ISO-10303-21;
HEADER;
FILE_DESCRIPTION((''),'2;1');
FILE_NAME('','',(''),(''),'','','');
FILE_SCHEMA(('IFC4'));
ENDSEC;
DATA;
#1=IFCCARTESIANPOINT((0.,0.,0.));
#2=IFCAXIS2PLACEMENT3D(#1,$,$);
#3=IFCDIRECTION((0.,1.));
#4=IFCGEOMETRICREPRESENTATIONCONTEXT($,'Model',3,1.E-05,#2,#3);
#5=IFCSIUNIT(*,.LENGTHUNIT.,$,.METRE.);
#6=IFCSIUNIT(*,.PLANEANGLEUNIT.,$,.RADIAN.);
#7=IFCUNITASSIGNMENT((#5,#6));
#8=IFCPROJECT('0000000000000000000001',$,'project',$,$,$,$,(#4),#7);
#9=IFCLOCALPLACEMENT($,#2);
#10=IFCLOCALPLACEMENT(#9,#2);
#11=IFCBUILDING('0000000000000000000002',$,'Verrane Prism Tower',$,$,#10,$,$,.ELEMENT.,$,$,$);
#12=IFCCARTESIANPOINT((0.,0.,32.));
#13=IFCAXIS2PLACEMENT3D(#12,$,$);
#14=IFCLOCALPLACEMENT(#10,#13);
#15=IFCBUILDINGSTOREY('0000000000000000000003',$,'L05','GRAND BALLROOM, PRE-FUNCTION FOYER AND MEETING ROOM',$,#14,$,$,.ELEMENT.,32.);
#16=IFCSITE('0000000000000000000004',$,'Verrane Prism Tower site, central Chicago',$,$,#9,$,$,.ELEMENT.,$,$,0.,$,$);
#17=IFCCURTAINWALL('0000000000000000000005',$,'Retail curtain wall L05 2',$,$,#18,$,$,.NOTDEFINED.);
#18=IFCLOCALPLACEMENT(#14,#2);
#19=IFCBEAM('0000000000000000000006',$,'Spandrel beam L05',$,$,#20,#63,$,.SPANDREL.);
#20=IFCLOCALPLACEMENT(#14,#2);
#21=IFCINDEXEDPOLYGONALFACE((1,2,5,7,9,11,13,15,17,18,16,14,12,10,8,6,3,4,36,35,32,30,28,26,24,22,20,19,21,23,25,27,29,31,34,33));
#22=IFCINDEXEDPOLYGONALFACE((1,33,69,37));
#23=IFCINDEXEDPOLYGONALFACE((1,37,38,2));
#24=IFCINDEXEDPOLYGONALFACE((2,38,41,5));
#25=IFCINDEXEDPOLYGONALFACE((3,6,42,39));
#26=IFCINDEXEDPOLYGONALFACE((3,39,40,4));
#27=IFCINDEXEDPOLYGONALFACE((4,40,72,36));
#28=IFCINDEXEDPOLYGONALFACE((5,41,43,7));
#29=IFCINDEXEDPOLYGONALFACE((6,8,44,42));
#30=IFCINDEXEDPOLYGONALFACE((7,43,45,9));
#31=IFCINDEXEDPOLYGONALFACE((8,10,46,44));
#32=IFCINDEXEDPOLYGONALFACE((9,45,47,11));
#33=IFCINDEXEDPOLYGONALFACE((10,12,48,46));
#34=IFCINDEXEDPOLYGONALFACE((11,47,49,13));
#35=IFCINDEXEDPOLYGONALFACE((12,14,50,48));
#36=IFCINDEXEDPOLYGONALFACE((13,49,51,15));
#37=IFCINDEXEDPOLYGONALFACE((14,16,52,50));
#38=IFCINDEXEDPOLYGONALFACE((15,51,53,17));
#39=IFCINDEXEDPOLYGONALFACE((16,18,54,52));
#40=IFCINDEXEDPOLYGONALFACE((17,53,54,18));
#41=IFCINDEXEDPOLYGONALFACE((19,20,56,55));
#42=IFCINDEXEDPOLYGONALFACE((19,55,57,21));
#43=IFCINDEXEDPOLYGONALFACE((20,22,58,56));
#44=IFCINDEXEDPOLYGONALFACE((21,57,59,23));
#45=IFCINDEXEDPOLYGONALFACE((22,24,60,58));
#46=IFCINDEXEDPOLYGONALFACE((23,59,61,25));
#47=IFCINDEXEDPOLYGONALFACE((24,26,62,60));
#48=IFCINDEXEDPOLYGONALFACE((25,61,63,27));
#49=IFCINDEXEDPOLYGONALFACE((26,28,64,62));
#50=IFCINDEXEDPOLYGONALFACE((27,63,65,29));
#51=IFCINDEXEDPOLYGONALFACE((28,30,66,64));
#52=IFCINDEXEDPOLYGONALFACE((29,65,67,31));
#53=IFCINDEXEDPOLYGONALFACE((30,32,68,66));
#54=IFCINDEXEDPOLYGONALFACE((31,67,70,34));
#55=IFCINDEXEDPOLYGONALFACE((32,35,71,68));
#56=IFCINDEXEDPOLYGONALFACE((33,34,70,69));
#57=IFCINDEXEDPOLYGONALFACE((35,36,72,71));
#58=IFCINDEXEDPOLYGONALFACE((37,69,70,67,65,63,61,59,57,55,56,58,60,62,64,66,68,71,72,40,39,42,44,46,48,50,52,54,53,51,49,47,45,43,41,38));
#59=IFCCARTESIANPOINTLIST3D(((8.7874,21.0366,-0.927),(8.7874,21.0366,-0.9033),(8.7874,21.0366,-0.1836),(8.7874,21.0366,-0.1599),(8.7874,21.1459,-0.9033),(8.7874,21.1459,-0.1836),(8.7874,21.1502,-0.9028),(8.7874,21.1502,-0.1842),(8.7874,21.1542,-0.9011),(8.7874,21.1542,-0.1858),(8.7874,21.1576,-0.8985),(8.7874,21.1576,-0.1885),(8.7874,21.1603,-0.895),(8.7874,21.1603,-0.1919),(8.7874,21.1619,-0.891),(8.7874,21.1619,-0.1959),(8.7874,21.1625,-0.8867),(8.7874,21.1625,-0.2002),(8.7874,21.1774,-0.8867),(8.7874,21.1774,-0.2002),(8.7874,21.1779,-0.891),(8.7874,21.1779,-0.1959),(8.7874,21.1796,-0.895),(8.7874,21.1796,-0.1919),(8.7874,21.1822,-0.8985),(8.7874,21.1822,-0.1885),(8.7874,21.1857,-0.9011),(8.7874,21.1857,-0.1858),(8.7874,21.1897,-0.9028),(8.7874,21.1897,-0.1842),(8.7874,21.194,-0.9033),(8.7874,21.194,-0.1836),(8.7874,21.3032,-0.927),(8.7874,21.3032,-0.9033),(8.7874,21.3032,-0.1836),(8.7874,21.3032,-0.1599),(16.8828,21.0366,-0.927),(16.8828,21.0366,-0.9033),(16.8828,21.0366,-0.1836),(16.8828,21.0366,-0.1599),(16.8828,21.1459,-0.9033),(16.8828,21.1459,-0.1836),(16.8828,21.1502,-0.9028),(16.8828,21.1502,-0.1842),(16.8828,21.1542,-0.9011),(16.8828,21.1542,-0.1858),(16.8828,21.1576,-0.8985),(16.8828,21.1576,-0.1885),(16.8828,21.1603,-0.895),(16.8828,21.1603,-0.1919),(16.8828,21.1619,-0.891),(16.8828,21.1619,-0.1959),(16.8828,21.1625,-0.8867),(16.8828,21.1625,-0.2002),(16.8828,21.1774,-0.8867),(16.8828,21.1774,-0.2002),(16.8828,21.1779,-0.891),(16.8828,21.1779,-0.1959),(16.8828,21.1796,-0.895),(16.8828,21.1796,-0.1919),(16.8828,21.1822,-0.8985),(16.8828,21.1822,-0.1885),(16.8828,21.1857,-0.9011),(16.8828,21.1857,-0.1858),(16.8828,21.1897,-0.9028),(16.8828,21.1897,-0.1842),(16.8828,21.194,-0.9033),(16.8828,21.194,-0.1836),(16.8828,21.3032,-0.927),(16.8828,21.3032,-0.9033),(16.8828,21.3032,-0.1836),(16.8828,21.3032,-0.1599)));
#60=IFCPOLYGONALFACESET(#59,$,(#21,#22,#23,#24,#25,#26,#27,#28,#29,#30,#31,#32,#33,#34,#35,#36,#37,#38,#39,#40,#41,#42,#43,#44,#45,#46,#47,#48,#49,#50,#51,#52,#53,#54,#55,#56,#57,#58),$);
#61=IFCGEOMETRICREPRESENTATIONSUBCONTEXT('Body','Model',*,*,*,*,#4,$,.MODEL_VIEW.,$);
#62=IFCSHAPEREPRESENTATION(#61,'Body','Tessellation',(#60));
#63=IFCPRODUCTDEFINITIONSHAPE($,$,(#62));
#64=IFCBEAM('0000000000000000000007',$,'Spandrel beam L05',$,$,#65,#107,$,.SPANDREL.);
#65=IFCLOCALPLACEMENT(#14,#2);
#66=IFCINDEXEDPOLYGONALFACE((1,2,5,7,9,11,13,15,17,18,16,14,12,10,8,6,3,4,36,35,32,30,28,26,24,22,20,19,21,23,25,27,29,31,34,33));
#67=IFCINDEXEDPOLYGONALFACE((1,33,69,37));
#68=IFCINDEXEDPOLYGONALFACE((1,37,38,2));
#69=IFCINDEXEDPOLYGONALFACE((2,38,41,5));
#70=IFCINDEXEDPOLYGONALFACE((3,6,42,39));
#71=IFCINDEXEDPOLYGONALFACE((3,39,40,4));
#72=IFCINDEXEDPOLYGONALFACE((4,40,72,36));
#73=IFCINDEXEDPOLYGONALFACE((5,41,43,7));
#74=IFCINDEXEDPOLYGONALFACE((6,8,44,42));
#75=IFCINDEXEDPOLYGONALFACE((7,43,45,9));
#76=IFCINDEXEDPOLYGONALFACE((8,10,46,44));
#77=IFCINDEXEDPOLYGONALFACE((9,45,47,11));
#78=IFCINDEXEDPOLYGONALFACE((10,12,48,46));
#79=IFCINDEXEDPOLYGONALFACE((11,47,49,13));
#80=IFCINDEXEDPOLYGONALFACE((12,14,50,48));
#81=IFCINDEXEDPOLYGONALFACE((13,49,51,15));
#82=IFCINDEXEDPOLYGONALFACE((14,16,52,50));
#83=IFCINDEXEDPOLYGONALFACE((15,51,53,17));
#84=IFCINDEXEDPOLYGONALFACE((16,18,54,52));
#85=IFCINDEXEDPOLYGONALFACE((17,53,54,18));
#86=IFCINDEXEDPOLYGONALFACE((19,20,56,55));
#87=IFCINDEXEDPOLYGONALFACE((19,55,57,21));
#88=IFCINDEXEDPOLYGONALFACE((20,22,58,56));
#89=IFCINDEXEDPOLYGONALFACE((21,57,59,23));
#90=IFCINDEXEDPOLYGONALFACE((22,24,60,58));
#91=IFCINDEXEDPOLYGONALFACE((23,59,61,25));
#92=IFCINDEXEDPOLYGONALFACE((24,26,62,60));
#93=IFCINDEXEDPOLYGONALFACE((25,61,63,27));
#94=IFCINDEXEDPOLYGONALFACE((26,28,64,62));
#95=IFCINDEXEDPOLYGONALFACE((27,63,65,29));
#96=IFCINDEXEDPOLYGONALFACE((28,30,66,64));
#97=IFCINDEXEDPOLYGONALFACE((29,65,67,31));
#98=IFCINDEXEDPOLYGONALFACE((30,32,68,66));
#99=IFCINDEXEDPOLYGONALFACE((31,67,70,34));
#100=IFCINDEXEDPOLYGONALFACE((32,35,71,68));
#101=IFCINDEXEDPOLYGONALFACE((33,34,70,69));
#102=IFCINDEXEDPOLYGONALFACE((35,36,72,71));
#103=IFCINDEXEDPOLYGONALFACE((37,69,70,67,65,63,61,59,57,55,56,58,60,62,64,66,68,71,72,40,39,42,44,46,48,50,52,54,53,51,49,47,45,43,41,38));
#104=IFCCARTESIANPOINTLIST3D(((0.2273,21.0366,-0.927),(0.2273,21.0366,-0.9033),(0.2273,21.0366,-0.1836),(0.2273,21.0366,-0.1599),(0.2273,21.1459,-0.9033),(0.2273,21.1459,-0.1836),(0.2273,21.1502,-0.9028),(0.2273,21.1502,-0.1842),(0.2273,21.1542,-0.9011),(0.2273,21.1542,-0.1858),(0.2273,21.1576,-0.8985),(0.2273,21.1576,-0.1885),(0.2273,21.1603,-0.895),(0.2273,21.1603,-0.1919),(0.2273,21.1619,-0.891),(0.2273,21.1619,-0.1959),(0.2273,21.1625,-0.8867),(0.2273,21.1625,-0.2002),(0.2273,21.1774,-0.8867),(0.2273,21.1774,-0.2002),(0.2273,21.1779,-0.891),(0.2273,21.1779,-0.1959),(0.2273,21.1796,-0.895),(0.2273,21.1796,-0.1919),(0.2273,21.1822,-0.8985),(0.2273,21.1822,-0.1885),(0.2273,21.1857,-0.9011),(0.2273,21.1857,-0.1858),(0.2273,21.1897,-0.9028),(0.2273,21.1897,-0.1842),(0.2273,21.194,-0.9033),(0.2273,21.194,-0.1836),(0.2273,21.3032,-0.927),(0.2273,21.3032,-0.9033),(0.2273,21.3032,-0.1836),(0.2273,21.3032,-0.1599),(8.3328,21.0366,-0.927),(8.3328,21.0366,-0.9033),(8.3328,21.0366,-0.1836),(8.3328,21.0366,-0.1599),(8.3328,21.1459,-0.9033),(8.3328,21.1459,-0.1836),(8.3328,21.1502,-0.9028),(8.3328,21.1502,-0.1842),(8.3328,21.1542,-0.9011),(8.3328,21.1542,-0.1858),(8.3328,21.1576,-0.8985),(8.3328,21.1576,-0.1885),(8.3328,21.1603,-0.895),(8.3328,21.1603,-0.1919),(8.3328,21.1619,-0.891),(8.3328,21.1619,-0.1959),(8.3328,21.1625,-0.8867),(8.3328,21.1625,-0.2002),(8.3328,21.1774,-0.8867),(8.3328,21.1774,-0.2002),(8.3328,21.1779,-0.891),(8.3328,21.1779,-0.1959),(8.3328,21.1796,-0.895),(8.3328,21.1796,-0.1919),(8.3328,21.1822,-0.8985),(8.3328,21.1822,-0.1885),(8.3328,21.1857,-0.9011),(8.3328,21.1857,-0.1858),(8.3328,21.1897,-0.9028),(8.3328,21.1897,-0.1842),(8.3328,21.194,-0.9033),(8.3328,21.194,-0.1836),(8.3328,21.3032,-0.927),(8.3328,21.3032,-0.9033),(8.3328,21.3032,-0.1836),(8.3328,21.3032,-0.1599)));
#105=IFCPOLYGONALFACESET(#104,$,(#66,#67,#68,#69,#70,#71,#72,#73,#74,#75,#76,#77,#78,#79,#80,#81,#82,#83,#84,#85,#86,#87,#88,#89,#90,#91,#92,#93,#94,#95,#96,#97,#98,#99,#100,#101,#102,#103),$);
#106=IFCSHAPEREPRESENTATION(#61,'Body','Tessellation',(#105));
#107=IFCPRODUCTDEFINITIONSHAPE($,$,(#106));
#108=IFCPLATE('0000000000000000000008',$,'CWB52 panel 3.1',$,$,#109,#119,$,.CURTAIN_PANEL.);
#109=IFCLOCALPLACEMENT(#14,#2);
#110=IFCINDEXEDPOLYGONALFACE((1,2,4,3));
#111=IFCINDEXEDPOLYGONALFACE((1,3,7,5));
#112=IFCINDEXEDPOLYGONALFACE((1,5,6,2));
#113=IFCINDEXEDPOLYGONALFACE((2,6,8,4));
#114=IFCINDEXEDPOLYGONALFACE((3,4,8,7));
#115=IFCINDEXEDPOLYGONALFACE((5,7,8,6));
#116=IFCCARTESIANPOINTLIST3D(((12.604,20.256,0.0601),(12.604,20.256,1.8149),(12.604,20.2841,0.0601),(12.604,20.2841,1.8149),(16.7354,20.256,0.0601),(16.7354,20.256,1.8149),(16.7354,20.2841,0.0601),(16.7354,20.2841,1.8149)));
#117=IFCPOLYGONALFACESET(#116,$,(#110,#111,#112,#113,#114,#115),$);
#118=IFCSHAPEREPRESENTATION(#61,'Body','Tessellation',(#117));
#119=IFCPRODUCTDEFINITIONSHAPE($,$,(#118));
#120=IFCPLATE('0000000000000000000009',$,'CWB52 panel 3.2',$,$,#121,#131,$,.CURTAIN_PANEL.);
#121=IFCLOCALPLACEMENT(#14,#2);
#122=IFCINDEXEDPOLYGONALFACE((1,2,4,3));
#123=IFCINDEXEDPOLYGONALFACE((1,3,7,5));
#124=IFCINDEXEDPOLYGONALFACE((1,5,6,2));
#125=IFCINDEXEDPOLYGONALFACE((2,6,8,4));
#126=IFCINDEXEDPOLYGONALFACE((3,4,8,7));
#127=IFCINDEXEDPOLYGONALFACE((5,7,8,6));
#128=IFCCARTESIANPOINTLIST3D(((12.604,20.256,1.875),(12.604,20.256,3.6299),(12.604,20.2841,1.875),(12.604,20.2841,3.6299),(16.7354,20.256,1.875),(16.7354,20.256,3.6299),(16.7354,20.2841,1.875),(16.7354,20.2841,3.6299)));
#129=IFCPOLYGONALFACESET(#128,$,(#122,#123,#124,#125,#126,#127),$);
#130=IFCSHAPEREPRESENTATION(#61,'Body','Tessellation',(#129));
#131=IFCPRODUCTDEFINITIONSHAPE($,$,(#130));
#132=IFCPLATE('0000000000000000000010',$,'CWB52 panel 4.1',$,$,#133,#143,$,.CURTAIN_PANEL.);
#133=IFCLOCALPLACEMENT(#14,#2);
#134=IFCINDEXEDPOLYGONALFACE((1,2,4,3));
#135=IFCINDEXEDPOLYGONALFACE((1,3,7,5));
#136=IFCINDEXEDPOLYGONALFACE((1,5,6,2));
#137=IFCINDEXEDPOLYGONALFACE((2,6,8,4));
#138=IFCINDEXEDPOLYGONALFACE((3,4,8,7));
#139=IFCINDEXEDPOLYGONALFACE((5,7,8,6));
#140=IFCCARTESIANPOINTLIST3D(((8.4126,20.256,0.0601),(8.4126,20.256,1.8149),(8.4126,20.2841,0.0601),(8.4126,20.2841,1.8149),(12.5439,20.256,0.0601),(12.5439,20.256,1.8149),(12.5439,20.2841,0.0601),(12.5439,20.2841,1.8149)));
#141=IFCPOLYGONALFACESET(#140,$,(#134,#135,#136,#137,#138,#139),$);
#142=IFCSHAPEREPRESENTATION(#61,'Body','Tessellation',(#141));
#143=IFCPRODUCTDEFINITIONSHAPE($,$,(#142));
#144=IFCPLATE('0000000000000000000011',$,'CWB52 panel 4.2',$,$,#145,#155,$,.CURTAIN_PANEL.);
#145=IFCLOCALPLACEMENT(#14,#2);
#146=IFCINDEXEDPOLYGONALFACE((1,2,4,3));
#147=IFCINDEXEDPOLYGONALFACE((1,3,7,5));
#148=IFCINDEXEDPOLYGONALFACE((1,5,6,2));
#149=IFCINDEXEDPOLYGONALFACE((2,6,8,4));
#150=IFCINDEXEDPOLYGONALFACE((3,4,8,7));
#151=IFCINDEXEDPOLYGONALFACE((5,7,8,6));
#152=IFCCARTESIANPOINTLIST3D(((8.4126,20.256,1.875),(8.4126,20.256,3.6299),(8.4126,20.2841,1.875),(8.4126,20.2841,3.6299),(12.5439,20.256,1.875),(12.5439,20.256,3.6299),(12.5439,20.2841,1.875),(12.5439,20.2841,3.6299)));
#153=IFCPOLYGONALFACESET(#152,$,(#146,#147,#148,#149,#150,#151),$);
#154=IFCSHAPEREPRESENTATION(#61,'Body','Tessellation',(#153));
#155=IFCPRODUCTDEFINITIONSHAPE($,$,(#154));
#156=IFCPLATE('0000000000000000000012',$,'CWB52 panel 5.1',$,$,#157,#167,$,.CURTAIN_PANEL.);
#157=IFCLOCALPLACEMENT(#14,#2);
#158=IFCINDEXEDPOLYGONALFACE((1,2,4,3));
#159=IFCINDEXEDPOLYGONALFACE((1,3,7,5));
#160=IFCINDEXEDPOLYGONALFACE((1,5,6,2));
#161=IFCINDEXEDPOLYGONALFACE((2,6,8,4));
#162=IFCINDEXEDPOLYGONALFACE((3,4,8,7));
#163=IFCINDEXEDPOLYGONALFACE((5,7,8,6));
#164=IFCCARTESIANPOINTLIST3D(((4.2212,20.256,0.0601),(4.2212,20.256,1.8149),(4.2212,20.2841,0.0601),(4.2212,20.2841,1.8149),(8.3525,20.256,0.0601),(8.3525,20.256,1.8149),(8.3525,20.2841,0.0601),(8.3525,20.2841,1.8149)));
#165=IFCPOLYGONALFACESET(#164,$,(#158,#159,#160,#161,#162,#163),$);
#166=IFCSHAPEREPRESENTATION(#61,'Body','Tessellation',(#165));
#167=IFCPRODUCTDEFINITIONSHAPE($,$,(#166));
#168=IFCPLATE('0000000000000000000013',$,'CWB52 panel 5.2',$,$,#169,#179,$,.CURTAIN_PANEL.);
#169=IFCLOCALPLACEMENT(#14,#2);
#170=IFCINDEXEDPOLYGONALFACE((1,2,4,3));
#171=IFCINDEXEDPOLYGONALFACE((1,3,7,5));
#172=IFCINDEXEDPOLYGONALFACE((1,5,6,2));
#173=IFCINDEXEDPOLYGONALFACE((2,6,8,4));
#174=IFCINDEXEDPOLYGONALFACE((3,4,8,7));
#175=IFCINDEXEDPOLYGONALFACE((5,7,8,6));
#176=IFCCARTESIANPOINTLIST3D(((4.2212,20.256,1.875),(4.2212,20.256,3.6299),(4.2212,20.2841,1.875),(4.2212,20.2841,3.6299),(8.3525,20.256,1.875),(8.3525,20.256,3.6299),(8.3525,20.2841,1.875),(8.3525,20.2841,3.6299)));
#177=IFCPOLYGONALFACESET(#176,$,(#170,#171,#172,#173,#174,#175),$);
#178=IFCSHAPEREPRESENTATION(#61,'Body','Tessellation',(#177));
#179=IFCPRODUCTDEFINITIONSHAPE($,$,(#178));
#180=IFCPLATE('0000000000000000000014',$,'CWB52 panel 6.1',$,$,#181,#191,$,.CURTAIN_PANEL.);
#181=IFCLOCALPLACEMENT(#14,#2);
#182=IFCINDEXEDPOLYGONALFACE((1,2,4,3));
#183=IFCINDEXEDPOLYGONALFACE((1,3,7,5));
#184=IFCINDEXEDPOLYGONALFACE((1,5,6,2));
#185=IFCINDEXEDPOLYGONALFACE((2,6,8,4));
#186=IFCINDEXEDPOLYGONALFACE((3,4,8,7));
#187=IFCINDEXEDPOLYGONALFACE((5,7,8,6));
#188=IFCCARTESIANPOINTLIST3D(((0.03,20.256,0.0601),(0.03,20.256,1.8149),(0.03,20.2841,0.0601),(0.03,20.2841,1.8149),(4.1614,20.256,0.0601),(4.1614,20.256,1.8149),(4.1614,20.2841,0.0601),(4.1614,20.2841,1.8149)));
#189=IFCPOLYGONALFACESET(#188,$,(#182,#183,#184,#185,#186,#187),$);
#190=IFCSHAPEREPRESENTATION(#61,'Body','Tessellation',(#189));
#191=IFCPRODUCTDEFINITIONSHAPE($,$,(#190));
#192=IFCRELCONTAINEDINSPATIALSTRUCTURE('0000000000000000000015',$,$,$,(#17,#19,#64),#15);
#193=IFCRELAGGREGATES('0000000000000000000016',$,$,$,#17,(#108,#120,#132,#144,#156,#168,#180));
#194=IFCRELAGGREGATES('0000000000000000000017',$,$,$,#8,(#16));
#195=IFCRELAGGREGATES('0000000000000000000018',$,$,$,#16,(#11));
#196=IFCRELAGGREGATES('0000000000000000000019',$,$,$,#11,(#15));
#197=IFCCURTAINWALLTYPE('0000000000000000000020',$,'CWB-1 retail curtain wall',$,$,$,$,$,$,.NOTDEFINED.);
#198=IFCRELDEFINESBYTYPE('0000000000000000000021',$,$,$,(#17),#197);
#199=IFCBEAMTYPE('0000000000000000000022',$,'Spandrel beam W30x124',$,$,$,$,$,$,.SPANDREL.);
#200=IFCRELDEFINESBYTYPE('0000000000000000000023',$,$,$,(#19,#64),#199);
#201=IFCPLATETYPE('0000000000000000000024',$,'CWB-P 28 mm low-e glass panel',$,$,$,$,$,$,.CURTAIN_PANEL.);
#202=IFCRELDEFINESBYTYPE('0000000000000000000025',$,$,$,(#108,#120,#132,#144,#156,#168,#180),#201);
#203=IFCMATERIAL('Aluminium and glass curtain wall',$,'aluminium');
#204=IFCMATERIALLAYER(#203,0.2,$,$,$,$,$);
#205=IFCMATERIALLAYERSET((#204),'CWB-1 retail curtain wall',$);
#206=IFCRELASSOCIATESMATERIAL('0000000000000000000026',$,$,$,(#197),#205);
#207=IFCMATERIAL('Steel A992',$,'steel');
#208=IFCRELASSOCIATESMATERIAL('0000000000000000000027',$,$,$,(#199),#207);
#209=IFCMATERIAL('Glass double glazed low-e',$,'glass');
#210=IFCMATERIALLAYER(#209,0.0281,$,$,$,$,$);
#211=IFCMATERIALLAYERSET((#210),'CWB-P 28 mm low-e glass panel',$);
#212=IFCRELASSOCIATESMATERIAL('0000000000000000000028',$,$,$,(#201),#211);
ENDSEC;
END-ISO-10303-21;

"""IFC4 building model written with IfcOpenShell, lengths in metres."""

from ifc_helpers import new_model, si_unit, direction, frame, origin, origin_2d, place, context, subcontext, project, spatial, rectangle, i_section, extrude, material, layer, layer_set, material_profile, profile_set, type_object, element, aggregate, save


model = new_model("IFC4")

# Units and contexts
model_context = context("Model", 3, precision=1e-05, world=origin(), true_north=direction((0.0, 1.0)))
body_context = subcontext(model_context, "Body", "Model", "MODEL_VIEW")
ifc_project = project(units=[si_unit("LENGTHUNIT", "METRE"), si_unit("PLANEANGLEUNIT", "RADIAN")], contexts=[model_context])

# Site, building, storey
site_placement = place(None, origin())
site = spatial("IfcSite", under=ifc_project, at=site_placement, Name="Verrane Prism Tower site, central Chicago", CompositionType="ELEMENT", RefElevation=0.0)
building_placement = place(site_placement, origin())
building = spatial("IfcBuilding", under=site, at=building_placement, Name="Verrane Prism Tower", CompositionType="ELEMENT")
storey_placement = place(building_placement, frame((0.0, 0.0, 32.0)))
storey = spatial("IfcBuildingStorey", under=building, at=storey_placement, Name="L05", Description="GRAND BALLROOM, PRE-FUNCTION FOYER AND MEETING ROOM", CompositionType="ELEMENT", Elevation=32.0)

# Curtain wall
ifc_material_1 = material(Name="Aluminium and glass curtain wall", Category="aluminium")
ifc_layer_1 = layer(ifc_material_1, 0.2)
ifc_layer_set_1 = layer_set([ifc_layer_1], Name="CWB-1 retail curtain wall")
curtain_wall_type = type_object("IfcCurtainWallType", Name="CWB-1 retail curtain wall", PredefinedType="NOTDEFINED", material=ifc_layer_set_1)
curtain_wall_placement = place(storey_placement, origin())
curtain_wall = element("IfcCurtainWall", 1, at=curtain_wall_placement, inside=storey, type_object=curtain_wall_type, Name="Retail curtain wall L05 2", PredefinedType="NOTDEFINED")

# Beams
ifc_material_2 = material(Name="Steel A992", Category="steel")
ifc_material_profile_1 = material_profile(ifc_material_2, i_section(OverallWidth=0.2666, OverallDepth=0.7671, WebThickness=0.0149, FlangeThickness=0.0237, FilletRadius=0.0166, at=origin_2d()), Name="W30x124")
ifc_profile_set_1 = profile_set([ifc_material_profile_1], Name="Steel A992")
beam_type_1 = type_object("IfcBeamType", Name="Spandrel beam W30x124", PredefinedType="SPANDREL", material=ifc_profile_set_1)
beam_1_placement = place(storey_placement, frame((16.8828, 21.1699, -0.5435), z_axis=(-1.0, 0.0, 0.0), x_axis=(0.0, -1.0, 0.0)))
element("IfcBeam", 2, at=beam_1_placement, inside=storey, type_object=beam_type_1, Name="Spandrel beam L05", PredefinedType="SPANDREL", context=body_context, shape_type="SweptSolid", body=[
    extrude(i_section(OverallWidth=0.2666, OverallDepth=0.7671, WebThickness=0.0149, FlangeThickness=0.0237, FilletRadius=0.0166, at=origin_2d()), origin(), (0.0, 0.0, 1.0), 8.0955),
])
beam_2_placement = place(storey_placement, frame((8.3328, 21.1699, -0.5435), z_axis=(-1.0, 0.0, 0.0), x_axis=(0.0, -1.0, 0.0)))
element("IfcBeam", 3, at=beam_2_placement, inside=storey, type_object=beam_type_1, Name="Spandrel beam L05", PredefinedType="SPANDREL", context=body_context, shape_type="SweptSolid", body=[
    extrude(i_section(OverallWidth=0.2666, OverallDepth=0.7671, WebThickness=0.0149, FlangeThickness=0.0237, FilletRadius=0.0166, at=origin_2d()), origin(), (0.0, 0.0, 1.0), 8.1055),
])

# Plates
ifc_material_3 = material(Name="Glass double glazed low-e", Category="glass")
ifc_layer_2 = layer(ifc_material_3, 0.0281)
ifc_layer_set_2 = layer_set([ifc_layer_2], Name="CWB-P 28 mm low-e glass panel")
plate_type = type_object("IfcPlateType", Name="CWB-P 28 mm low-e glass panel", PredefinedType="CURTAIN_PANEL", material=ifc_layer_set_2)
plate_1_placement = place(storey_placement, frame((14.6697, 20.27, 0.0601), z_axis=(0.0, 0.0, 1.0), x_axis=(-1.0, 0.0, 0.0)))
plate_1 = element("IfcPlate", 4, at=plate_1_placement, type_object=plate_type, Name="CWB52 panel 3.1", PredefinedType="CURTAIN_PANEL", context=body_context, shape_type="SweptSolid", body=[
    extrude(rectangle(XDim=4.1313, YDim=0.0281, at=origin_2d()), origin(), (0.0, 0.0, 1.0), 1.7549),
])
plate_2_placement = place(storey_placement, frame((14.6697, 20.27, 1.875), z_axis=(0.0, 0.0, 1.0), x_axis=(-1.0, 0.0, 0.0)))
plate_2 = element("IfcPlate", 5, at=plate_2_placement, type_object=plate_type, Name="CWB52 panel 3.2", PredefinedType="CURTAIN_PANEL", context=body_context, shape_type="SweptSolid", body=[
    extrude(rectangle(XDim=4.1313, YDim=0.0281, at=origin_2d()), origin(), (0.0, 0.0, 1.0), 1.7549),
])
plate_3_placement = place(storey_placement, frame((10.4783, 20.27, 0.0601), z_axis=(0.0, 0.0, 1.0), x_axis=(-1.0, 0.0, 0.0)))
plate_3 = element("IfcPlate", 6, at=plate_3_placement, type_object=plate_type, Name="CWB52 panel 4.1", PredefinedType="CURTAIN_PANEL", context=body_context, shape_type="SweptSolid", body=[
    extrude(rectangle(XDim=4.1313, YDim=0.0281, at=origin_2d()), origin(), (0.0, 0.0, 1.0), 1.7549),
])
plate_4_placement = place(storey_placement, frame((10.4783, 20.27, 1.875), z_axis=(0.0, 0.0, 1.0), x_axis=(-1.0, 0.0, 0.0)))
plate_4 = element("IfcPlate", 7, at=plate_4_placement, type_object=plate_type, Name="CWB52 panel 4.2", PredefinedType="CURTAIN_PANEL", context=body_context, shape_type="SweptSolid", body=[
    extrude(rectangle(XDim=4.1313, YDim=0.0281, at=origin_2d()), origin(), (0.0, 0.0, 1.0), 1.7549),
])
plate_5_placement = place(storey_placement, frame((6.2869, 20.27, 0.0601), z_axis=(0.0, 0.0, 1.0), x_axis=(-1.0, 0.0, 0.0)))
plate_5 = element("IfcPlate", 8, at=plate_5_placement, type_object=plate_type, Name="CWB52 panel 5.1", PredefinedType="CURTAIN_PANEL", context=body_context, shape_type="SweptSolid", body=[
    extrude(rectangle(XDim=4.1313, YDim=0.0281, at=origin_2d()), origin(), (0.0, 0.0, 1.0), 1.7549),
])
plate_6_placement = place(storey_placement, frame((6.2869, 20.27, 1.875), z_axis=(0.0, 0.0, 1.0), x_axis=(-1.0, 0.0, 0.0)))
plate_6 = element("IfcPlate", 9, at=plate_6_placement, type_object=plate_type, Name="CWB52 panel 5.2", PredefinedType="CURTAIN_PANEL", context=body_context, shape_type="SweptSolid", body=[
    extrude(rectangle(XDim=4.1313, YDim=0.0281, at=origin_2d()), origin(), (0.0, 0.0, 1.0), 1.7549),
])
plate_7_placement = place(storey_placement, frame((2.0957, 20.27, 0.0601), z_axis=(0.0, 0.0, 1.0), x_axis=(-1.0, 0.0, 0.0)))
plate_7 = element("IfcPlate", 10, at=plate_7_placement, type_object=plate_type, Name="CWB52 panel 6.1", PredefinedType="CURTAIN_PANEL", context=body_context, shape_type="SweptSolid", body=[
    extrude(rectangle(XDim=4.1313, YDim=0.0281, at=origin_2d()), origin(), (0.0, 0.0, 1.0), 1.7549),
])
aggregate(curtain_wall, [plate_1, plate_2, plate_3, plate_4, plate_5, plate_6, plate_7])

save(model, "model.ifc")
